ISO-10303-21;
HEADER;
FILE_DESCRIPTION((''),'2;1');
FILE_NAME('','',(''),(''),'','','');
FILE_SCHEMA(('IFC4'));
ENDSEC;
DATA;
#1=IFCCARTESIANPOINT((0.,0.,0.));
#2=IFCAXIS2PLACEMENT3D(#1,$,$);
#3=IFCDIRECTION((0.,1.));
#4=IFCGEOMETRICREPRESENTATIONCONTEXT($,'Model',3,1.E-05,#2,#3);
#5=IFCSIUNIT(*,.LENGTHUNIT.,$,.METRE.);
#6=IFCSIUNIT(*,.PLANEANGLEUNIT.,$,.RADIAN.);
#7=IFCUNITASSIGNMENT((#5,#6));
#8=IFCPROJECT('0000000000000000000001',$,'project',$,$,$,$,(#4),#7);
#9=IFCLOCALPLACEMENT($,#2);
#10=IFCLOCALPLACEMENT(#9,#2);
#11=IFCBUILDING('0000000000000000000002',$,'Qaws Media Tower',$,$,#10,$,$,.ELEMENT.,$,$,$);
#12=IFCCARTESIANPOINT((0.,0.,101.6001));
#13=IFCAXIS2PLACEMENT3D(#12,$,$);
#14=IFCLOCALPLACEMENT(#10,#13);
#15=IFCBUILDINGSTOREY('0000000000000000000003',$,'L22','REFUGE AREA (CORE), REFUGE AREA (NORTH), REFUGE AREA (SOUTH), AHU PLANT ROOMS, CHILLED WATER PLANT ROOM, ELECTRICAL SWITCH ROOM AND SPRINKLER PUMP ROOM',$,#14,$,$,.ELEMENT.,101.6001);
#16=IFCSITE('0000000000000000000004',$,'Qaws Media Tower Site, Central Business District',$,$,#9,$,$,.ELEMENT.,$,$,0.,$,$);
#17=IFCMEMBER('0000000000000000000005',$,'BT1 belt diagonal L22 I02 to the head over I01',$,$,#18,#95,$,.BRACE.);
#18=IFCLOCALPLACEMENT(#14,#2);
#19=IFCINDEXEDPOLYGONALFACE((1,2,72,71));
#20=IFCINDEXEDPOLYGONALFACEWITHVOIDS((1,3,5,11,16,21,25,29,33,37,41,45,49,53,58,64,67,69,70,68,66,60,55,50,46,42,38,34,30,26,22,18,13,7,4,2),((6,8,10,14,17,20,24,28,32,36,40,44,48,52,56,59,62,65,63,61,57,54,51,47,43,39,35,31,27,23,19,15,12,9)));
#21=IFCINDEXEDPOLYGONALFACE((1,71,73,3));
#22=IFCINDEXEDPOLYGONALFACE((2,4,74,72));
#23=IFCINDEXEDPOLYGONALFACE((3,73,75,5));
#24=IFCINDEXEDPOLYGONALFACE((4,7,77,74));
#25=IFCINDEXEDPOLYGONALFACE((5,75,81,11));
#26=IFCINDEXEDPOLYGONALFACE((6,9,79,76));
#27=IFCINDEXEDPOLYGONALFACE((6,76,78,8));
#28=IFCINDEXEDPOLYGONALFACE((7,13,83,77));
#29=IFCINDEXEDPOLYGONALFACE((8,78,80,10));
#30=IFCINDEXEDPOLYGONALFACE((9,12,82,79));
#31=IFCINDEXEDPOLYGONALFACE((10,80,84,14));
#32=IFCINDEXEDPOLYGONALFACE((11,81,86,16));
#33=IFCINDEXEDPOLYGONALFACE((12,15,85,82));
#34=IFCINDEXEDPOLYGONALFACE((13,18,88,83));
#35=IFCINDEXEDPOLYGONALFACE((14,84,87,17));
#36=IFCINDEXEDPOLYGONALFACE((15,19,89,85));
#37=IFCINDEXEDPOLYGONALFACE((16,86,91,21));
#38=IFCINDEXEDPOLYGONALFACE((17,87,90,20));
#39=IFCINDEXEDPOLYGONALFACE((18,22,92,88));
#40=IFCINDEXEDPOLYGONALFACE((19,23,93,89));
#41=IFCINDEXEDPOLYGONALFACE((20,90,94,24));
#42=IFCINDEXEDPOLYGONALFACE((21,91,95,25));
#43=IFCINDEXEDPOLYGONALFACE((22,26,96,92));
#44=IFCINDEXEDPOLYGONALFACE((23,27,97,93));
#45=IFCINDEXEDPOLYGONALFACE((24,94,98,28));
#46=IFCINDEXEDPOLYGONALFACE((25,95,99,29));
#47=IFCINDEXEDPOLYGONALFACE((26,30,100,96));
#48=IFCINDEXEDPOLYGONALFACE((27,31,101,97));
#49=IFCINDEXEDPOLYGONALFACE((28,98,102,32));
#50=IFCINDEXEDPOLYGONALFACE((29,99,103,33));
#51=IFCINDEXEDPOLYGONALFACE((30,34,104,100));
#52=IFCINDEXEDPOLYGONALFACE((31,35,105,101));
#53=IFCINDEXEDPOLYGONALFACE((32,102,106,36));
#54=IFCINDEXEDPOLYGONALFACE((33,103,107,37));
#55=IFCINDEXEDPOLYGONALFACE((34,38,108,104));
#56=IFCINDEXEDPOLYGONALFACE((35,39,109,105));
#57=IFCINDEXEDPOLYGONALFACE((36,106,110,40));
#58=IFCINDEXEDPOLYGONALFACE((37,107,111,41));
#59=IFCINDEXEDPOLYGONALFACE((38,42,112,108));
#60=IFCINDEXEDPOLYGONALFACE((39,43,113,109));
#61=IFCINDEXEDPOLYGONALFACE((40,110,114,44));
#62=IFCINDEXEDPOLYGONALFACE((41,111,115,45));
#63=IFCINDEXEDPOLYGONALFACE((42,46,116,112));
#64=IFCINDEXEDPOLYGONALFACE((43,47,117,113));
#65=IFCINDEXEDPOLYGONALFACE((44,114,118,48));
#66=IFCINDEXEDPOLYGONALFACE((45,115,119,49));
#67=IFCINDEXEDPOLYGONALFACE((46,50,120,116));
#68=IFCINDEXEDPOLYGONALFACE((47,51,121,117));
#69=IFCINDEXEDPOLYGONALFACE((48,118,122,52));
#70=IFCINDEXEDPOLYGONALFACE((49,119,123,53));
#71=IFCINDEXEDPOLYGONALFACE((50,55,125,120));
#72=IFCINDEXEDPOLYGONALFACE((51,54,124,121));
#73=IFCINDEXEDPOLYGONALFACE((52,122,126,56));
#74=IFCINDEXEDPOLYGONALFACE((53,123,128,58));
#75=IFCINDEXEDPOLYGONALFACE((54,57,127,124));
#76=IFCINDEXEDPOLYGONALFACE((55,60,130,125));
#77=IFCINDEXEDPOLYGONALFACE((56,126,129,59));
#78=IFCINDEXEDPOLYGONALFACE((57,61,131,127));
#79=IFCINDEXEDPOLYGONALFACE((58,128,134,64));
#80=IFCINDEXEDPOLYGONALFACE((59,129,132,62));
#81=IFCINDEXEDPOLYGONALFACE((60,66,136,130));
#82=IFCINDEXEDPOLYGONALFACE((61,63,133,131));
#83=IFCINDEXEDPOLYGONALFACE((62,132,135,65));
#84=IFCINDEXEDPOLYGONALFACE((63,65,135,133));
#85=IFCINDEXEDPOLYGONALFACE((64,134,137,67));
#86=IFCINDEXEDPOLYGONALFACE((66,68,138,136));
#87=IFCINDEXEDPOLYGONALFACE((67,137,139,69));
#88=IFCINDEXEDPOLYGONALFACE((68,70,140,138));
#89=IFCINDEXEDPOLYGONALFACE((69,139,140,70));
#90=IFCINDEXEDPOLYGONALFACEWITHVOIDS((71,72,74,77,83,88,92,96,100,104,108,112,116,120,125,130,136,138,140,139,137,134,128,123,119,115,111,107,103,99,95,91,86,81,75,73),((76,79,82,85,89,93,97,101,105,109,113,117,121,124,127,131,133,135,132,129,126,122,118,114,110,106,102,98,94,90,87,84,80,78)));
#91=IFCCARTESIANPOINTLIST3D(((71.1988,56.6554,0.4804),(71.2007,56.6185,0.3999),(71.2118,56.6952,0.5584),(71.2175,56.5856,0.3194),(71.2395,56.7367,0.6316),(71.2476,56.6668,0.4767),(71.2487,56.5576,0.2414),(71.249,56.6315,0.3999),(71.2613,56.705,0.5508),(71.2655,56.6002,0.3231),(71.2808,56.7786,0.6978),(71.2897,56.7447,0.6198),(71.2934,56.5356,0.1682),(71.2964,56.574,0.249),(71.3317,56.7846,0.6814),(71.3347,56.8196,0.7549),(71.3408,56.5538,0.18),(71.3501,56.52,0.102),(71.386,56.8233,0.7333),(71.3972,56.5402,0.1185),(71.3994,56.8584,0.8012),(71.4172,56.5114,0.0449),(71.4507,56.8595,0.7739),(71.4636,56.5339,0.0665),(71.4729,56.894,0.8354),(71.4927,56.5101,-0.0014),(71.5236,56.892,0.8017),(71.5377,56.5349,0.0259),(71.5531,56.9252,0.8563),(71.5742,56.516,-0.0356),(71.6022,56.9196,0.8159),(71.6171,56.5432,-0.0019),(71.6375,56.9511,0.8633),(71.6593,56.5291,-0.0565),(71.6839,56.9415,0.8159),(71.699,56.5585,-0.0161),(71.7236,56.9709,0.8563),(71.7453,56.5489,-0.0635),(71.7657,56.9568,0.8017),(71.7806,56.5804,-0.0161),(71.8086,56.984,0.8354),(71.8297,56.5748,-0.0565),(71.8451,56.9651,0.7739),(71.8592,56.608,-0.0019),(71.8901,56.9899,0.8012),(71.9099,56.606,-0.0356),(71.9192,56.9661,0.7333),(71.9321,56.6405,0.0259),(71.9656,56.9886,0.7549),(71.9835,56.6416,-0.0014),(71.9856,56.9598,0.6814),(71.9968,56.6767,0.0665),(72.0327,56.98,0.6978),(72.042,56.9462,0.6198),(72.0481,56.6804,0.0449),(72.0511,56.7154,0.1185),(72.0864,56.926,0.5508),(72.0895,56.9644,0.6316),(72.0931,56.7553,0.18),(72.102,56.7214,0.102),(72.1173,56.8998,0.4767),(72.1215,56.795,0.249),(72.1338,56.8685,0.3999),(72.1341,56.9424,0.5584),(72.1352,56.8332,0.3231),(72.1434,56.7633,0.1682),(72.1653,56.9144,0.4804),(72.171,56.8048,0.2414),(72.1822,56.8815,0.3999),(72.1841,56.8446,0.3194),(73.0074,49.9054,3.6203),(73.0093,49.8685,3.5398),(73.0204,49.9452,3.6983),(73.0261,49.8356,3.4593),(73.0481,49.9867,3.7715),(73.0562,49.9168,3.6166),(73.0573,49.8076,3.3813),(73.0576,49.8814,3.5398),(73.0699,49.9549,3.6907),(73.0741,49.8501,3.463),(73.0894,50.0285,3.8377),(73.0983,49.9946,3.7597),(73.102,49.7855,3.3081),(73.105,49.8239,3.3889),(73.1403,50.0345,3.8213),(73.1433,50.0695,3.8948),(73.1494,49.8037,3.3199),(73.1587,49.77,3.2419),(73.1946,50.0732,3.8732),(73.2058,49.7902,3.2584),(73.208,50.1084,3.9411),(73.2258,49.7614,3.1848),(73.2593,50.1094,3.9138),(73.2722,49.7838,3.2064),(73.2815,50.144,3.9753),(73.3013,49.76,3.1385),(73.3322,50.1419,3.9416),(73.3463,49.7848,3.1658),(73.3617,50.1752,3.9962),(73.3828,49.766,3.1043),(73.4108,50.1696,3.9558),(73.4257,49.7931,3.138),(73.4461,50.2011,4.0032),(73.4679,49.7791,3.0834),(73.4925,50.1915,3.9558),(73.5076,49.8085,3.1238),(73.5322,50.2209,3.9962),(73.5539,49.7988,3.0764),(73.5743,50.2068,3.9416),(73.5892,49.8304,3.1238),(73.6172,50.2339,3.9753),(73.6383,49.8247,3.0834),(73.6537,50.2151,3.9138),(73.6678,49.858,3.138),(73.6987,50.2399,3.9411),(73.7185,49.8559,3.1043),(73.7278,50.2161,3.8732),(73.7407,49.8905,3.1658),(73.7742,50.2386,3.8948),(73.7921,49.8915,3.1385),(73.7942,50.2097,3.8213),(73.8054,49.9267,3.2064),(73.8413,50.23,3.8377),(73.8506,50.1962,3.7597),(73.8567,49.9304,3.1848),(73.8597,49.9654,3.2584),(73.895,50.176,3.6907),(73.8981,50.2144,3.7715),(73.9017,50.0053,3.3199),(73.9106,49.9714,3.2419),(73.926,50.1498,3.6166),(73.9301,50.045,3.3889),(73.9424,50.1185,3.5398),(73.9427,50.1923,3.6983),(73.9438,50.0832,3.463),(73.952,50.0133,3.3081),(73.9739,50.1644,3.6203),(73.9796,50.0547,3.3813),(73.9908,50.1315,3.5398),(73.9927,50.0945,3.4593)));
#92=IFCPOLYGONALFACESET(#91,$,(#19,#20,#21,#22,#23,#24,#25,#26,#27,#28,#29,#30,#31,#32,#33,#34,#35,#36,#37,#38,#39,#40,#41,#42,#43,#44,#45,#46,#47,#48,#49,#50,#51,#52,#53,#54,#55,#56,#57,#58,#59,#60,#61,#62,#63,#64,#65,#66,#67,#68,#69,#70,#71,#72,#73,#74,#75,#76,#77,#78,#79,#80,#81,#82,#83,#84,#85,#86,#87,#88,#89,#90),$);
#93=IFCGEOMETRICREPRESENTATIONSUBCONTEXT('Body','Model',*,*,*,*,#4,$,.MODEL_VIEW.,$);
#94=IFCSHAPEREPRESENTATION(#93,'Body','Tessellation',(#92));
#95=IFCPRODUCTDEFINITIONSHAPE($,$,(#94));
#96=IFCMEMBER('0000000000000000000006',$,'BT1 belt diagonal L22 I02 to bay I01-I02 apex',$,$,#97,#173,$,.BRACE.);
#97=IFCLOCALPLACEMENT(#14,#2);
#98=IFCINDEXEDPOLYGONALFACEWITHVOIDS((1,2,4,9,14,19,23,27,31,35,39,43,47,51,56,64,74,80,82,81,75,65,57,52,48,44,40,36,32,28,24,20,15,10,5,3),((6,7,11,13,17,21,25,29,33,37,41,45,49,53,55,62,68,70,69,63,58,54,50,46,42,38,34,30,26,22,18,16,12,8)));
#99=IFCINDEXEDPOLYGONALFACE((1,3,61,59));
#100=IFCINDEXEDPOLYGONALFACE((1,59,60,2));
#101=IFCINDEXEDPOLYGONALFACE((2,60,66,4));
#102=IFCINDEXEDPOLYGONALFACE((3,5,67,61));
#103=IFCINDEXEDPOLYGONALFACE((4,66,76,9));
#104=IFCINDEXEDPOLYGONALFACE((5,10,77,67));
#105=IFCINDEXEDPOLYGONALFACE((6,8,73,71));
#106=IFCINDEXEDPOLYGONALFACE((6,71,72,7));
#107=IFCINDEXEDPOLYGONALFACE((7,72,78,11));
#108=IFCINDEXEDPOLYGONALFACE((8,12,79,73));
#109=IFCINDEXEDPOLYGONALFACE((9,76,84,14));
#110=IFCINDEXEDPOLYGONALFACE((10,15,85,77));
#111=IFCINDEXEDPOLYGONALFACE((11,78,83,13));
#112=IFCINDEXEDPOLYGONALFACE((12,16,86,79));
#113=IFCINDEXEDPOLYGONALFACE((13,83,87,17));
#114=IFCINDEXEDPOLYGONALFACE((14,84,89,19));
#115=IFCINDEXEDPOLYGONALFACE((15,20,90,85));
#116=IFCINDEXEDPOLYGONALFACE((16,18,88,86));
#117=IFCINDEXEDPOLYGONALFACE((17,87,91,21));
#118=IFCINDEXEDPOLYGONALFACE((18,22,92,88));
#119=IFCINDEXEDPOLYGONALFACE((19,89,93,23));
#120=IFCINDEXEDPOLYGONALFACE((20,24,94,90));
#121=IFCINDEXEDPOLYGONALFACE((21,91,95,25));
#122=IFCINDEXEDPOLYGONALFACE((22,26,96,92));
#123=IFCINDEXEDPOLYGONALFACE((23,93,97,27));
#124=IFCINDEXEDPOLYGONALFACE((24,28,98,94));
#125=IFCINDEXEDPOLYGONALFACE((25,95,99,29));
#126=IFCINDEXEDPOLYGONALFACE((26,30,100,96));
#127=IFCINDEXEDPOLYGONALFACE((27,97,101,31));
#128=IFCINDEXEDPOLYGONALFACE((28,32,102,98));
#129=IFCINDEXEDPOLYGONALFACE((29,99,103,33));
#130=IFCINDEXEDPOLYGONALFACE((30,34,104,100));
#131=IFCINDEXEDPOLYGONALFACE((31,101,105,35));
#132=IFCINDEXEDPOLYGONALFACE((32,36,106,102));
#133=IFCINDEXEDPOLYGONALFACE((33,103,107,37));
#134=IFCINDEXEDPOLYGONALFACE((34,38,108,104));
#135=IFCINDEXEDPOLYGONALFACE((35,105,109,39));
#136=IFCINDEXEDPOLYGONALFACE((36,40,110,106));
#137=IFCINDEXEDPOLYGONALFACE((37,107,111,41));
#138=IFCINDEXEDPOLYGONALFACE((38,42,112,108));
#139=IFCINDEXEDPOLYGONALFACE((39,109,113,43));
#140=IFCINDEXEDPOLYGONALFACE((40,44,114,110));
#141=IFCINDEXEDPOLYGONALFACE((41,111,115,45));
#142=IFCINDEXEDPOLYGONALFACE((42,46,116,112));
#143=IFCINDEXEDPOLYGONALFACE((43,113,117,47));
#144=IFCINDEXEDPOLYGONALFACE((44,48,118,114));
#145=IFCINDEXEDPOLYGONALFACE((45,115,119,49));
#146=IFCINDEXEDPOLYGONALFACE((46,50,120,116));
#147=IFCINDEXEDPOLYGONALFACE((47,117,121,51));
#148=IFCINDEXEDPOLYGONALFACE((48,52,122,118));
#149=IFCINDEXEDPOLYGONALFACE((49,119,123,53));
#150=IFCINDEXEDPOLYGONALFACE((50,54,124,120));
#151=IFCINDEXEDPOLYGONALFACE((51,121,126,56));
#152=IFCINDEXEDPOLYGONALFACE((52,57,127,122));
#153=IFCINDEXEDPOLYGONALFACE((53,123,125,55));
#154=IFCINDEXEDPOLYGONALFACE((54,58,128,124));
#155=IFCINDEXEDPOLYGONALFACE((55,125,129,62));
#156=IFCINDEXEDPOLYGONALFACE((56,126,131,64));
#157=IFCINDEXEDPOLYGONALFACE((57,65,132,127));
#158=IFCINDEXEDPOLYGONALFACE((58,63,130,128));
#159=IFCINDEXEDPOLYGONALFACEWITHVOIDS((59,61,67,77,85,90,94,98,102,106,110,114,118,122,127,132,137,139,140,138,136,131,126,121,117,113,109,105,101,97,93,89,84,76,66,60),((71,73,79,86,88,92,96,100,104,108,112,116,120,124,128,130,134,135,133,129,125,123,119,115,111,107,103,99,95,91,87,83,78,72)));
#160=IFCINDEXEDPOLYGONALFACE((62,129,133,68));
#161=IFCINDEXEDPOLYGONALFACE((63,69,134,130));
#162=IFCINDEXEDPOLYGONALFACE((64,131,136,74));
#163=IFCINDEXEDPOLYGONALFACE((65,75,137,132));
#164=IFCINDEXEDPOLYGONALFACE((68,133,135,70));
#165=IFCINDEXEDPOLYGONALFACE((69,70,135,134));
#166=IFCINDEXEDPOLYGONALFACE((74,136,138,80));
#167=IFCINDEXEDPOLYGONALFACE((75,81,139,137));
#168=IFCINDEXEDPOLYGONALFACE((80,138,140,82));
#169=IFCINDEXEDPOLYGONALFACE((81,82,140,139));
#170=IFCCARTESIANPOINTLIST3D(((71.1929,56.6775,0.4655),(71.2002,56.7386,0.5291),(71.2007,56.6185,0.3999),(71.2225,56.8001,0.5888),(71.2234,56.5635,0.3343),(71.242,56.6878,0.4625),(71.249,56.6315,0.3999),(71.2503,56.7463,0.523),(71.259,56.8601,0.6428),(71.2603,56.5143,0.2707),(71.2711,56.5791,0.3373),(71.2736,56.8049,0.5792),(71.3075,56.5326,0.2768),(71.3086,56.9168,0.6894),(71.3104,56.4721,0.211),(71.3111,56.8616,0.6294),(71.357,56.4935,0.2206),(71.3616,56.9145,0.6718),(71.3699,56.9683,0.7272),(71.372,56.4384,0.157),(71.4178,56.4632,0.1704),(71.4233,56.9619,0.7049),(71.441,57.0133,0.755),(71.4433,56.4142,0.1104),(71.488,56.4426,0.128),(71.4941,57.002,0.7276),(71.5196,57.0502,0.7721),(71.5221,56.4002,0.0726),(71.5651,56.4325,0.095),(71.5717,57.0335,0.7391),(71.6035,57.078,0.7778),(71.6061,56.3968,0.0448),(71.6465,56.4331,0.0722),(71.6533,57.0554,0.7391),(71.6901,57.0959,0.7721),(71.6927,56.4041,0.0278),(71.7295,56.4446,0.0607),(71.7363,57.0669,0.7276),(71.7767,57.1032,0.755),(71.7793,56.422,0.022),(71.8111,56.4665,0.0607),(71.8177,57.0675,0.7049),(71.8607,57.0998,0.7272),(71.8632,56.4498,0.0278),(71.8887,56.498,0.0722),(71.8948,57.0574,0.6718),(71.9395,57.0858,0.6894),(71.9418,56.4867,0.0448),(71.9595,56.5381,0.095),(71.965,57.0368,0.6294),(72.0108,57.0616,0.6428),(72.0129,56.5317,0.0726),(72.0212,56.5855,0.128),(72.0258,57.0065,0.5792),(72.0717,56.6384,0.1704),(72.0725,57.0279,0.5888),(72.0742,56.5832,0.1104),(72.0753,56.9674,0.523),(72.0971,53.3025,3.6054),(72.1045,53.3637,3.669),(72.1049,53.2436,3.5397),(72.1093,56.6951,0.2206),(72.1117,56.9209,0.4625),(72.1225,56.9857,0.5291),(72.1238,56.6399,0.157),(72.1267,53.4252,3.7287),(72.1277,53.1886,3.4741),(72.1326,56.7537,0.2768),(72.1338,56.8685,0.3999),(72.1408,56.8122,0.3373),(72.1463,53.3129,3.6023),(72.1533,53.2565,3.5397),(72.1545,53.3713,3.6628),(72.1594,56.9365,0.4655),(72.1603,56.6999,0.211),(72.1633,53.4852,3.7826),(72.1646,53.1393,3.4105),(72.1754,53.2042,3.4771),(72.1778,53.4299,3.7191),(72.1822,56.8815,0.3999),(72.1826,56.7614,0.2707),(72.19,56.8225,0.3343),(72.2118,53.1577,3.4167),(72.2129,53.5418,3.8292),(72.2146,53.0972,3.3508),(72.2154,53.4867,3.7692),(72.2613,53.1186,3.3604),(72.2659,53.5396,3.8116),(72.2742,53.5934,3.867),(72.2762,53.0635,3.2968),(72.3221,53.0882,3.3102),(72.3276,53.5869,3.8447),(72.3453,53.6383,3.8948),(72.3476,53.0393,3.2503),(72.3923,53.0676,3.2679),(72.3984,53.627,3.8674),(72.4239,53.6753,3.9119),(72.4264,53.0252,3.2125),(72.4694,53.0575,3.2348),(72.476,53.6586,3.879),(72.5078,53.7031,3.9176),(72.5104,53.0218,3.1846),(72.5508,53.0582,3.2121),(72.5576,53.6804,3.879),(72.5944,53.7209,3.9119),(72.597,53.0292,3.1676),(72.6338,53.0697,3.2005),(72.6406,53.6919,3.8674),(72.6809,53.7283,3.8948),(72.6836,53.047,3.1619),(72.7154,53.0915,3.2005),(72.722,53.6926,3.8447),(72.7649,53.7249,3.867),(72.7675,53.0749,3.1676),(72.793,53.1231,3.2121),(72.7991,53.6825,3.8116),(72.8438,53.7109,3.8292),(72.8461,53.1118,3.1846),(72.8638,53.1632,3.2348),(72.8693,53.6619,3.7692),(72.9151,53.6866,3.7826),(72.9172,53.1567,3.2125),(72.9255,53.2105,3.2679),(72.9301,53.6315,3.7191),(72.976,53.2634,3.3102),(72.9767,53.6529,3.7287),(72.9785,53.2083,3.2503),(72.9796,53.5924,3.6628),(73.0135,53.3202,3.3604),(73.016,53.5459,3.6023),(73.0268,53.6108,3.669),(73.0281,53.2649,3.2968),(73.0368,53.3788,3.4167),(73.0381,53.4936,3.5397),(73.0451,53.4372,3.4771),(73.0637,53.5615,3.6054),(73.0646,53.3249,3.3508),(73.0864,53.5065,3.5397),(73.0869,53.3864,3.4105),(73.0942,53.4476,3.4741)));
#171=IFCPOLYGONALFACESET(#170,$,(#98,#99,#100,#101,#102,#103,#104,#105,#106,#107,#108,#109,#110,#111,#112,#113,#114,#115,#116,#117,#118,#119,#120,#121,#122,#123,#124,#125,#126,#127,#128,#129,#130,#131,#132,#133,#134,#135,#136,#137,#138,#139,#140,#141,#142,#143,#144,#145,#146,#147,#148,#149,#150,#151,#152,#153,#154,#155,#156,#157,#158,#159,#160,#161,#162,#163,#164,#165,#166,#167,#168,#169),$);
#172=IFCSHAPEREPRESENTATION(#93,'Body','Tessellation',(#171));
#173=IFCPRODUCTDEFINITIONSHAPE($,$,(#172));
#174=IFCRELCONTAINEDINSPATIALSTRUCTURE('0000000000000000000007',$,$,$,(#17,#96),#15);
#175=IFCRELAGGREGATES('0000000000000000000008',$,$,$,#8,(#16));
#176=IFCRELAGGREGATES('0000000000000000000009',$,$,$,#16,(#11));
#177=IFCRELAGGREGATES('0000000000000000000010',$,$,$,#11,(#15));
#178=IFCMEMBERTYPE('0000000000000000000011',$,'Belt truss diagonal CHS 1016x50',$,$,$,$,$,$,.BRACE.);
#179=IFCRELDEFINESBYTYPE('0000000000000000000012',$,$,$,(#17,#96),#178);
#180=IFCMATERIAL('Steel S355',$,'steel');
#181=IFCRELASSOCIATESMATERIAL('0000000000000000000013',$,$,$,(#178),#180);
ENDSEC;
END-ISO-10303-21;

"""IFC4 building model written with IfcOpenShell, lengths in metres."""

from ifc_helpers import new_model, si_unit, direction, frame, origin, origin_2d, place, context, subcontext, project, spatial, hollow_circle, extrude, material, material_profile, profile_set, type_object, element, save


model = new_model("IFC4")

# Units and contexts
model_context = context("Model", 3, precision=1e-05, world=origin(), true_north=direction((0.0, 1.0)))
body_context = subcontext(model_context, "Body", "Model", "MODEL_VIEW")
ifc_project = project(units=[si_unit("LENGTHUNIT", "METRE"), si_unit("PLANEANGLEUNIT", "RADIAN")], contexts=[model_context])

# Site, building, storey
site_placement = place(None, origin())
site = spatial("IfcSite", under=ifc_project, at=site_placement, Name="Qaws Media Tower Site, Central Business District", CompositionType="ELEMENT", RefElevation=0.0)
building_placement = place(site_placement, origin())
building = spatial("IfcBuilding", under=site, at=building_placement, Name="Qaws Media Tower", CompositionType="ELEMENT")
storey_placement = place(building_placement, frame((0.0, 0.0, 101.6001)))
storey = spatial("IfcBuildingStorey", under=building, at=storey_placement, Name="L22", Description="REFUGE AREA (CORE), REFUGE AREA (NORTH), REFUGE AREA (SOUTH), AHU PLANT ROOMS, CHILLED WATER PLANT ROOM, ELECTRICAL SWITCH ROOM AND SPRINKLER PUMP ROOM", CompositionType="ELEMENT", Elevation=101.6001)

# Members
ifc_material_1 = material(Name="Steel S355", Category="steel")
ifc_material_profile_1 = material_profile(ifc_material_1, hollow_circle(Radius=0.5081, WallThickness=0.05, at=origin_2d()), Name="CHS 1016x50")
ifc_profile_set_1 = profile_set([ifc_material_profile_1], Name="Steel S355")
member_type_1 = type_object("IfcMemberType", Name="Belt truss diagonal CHS 1016x50", PredefinedType="BRACE", material=ifc_profile_set_1)
member_1_placement = place(storey_placement, frame((71.6914, 56.75, 0.3999), z_axis=(0.236075, -0.881075, 0.409849), x_axis=(0.965928, 0.258811, 0.0)))
element("IfcMember", 1, at=member_1_placement, inside=storey, type_object=member_type_1, Name="BT1 belt diagonal L22 I02 to the head over I01", PredefinedType="BRACE", context=body_context, shape_type="SweptSolid", body=[
    extrude(hollow_circle(Radius=0.5081, WallThickness=0.05, at=origin_2d()), origin(), (0.0, 0.0, 1.0), 7.6611),
])
for number, where, z_axis, x_axis, name in (
    (2, (71.6914, 56.75, 0.3999), (0.192503, -0.718454, 0.668406), (0.965928, 0.258811, 0.0), "BT1 belt diagonal L22 I02 to bay I01-I02 apex"),
):
    element("IfcMember", number, at=place(storey_placement, frame(where, z_axis=z_axis, x_axis=x_axis)), inside=storey, type_object=member_type_1, Name=name, PredefinedType="BRACE", context=body_context, shape_type="SweptSolid", body=[
        extrude(hollow_circle(Radius=0.5081, WallThickness=0.05, at=origin_2d()), origin(), (0.0, 0.0, 1.0), 4.6975),
    ])

save(model, "model.ifc")
